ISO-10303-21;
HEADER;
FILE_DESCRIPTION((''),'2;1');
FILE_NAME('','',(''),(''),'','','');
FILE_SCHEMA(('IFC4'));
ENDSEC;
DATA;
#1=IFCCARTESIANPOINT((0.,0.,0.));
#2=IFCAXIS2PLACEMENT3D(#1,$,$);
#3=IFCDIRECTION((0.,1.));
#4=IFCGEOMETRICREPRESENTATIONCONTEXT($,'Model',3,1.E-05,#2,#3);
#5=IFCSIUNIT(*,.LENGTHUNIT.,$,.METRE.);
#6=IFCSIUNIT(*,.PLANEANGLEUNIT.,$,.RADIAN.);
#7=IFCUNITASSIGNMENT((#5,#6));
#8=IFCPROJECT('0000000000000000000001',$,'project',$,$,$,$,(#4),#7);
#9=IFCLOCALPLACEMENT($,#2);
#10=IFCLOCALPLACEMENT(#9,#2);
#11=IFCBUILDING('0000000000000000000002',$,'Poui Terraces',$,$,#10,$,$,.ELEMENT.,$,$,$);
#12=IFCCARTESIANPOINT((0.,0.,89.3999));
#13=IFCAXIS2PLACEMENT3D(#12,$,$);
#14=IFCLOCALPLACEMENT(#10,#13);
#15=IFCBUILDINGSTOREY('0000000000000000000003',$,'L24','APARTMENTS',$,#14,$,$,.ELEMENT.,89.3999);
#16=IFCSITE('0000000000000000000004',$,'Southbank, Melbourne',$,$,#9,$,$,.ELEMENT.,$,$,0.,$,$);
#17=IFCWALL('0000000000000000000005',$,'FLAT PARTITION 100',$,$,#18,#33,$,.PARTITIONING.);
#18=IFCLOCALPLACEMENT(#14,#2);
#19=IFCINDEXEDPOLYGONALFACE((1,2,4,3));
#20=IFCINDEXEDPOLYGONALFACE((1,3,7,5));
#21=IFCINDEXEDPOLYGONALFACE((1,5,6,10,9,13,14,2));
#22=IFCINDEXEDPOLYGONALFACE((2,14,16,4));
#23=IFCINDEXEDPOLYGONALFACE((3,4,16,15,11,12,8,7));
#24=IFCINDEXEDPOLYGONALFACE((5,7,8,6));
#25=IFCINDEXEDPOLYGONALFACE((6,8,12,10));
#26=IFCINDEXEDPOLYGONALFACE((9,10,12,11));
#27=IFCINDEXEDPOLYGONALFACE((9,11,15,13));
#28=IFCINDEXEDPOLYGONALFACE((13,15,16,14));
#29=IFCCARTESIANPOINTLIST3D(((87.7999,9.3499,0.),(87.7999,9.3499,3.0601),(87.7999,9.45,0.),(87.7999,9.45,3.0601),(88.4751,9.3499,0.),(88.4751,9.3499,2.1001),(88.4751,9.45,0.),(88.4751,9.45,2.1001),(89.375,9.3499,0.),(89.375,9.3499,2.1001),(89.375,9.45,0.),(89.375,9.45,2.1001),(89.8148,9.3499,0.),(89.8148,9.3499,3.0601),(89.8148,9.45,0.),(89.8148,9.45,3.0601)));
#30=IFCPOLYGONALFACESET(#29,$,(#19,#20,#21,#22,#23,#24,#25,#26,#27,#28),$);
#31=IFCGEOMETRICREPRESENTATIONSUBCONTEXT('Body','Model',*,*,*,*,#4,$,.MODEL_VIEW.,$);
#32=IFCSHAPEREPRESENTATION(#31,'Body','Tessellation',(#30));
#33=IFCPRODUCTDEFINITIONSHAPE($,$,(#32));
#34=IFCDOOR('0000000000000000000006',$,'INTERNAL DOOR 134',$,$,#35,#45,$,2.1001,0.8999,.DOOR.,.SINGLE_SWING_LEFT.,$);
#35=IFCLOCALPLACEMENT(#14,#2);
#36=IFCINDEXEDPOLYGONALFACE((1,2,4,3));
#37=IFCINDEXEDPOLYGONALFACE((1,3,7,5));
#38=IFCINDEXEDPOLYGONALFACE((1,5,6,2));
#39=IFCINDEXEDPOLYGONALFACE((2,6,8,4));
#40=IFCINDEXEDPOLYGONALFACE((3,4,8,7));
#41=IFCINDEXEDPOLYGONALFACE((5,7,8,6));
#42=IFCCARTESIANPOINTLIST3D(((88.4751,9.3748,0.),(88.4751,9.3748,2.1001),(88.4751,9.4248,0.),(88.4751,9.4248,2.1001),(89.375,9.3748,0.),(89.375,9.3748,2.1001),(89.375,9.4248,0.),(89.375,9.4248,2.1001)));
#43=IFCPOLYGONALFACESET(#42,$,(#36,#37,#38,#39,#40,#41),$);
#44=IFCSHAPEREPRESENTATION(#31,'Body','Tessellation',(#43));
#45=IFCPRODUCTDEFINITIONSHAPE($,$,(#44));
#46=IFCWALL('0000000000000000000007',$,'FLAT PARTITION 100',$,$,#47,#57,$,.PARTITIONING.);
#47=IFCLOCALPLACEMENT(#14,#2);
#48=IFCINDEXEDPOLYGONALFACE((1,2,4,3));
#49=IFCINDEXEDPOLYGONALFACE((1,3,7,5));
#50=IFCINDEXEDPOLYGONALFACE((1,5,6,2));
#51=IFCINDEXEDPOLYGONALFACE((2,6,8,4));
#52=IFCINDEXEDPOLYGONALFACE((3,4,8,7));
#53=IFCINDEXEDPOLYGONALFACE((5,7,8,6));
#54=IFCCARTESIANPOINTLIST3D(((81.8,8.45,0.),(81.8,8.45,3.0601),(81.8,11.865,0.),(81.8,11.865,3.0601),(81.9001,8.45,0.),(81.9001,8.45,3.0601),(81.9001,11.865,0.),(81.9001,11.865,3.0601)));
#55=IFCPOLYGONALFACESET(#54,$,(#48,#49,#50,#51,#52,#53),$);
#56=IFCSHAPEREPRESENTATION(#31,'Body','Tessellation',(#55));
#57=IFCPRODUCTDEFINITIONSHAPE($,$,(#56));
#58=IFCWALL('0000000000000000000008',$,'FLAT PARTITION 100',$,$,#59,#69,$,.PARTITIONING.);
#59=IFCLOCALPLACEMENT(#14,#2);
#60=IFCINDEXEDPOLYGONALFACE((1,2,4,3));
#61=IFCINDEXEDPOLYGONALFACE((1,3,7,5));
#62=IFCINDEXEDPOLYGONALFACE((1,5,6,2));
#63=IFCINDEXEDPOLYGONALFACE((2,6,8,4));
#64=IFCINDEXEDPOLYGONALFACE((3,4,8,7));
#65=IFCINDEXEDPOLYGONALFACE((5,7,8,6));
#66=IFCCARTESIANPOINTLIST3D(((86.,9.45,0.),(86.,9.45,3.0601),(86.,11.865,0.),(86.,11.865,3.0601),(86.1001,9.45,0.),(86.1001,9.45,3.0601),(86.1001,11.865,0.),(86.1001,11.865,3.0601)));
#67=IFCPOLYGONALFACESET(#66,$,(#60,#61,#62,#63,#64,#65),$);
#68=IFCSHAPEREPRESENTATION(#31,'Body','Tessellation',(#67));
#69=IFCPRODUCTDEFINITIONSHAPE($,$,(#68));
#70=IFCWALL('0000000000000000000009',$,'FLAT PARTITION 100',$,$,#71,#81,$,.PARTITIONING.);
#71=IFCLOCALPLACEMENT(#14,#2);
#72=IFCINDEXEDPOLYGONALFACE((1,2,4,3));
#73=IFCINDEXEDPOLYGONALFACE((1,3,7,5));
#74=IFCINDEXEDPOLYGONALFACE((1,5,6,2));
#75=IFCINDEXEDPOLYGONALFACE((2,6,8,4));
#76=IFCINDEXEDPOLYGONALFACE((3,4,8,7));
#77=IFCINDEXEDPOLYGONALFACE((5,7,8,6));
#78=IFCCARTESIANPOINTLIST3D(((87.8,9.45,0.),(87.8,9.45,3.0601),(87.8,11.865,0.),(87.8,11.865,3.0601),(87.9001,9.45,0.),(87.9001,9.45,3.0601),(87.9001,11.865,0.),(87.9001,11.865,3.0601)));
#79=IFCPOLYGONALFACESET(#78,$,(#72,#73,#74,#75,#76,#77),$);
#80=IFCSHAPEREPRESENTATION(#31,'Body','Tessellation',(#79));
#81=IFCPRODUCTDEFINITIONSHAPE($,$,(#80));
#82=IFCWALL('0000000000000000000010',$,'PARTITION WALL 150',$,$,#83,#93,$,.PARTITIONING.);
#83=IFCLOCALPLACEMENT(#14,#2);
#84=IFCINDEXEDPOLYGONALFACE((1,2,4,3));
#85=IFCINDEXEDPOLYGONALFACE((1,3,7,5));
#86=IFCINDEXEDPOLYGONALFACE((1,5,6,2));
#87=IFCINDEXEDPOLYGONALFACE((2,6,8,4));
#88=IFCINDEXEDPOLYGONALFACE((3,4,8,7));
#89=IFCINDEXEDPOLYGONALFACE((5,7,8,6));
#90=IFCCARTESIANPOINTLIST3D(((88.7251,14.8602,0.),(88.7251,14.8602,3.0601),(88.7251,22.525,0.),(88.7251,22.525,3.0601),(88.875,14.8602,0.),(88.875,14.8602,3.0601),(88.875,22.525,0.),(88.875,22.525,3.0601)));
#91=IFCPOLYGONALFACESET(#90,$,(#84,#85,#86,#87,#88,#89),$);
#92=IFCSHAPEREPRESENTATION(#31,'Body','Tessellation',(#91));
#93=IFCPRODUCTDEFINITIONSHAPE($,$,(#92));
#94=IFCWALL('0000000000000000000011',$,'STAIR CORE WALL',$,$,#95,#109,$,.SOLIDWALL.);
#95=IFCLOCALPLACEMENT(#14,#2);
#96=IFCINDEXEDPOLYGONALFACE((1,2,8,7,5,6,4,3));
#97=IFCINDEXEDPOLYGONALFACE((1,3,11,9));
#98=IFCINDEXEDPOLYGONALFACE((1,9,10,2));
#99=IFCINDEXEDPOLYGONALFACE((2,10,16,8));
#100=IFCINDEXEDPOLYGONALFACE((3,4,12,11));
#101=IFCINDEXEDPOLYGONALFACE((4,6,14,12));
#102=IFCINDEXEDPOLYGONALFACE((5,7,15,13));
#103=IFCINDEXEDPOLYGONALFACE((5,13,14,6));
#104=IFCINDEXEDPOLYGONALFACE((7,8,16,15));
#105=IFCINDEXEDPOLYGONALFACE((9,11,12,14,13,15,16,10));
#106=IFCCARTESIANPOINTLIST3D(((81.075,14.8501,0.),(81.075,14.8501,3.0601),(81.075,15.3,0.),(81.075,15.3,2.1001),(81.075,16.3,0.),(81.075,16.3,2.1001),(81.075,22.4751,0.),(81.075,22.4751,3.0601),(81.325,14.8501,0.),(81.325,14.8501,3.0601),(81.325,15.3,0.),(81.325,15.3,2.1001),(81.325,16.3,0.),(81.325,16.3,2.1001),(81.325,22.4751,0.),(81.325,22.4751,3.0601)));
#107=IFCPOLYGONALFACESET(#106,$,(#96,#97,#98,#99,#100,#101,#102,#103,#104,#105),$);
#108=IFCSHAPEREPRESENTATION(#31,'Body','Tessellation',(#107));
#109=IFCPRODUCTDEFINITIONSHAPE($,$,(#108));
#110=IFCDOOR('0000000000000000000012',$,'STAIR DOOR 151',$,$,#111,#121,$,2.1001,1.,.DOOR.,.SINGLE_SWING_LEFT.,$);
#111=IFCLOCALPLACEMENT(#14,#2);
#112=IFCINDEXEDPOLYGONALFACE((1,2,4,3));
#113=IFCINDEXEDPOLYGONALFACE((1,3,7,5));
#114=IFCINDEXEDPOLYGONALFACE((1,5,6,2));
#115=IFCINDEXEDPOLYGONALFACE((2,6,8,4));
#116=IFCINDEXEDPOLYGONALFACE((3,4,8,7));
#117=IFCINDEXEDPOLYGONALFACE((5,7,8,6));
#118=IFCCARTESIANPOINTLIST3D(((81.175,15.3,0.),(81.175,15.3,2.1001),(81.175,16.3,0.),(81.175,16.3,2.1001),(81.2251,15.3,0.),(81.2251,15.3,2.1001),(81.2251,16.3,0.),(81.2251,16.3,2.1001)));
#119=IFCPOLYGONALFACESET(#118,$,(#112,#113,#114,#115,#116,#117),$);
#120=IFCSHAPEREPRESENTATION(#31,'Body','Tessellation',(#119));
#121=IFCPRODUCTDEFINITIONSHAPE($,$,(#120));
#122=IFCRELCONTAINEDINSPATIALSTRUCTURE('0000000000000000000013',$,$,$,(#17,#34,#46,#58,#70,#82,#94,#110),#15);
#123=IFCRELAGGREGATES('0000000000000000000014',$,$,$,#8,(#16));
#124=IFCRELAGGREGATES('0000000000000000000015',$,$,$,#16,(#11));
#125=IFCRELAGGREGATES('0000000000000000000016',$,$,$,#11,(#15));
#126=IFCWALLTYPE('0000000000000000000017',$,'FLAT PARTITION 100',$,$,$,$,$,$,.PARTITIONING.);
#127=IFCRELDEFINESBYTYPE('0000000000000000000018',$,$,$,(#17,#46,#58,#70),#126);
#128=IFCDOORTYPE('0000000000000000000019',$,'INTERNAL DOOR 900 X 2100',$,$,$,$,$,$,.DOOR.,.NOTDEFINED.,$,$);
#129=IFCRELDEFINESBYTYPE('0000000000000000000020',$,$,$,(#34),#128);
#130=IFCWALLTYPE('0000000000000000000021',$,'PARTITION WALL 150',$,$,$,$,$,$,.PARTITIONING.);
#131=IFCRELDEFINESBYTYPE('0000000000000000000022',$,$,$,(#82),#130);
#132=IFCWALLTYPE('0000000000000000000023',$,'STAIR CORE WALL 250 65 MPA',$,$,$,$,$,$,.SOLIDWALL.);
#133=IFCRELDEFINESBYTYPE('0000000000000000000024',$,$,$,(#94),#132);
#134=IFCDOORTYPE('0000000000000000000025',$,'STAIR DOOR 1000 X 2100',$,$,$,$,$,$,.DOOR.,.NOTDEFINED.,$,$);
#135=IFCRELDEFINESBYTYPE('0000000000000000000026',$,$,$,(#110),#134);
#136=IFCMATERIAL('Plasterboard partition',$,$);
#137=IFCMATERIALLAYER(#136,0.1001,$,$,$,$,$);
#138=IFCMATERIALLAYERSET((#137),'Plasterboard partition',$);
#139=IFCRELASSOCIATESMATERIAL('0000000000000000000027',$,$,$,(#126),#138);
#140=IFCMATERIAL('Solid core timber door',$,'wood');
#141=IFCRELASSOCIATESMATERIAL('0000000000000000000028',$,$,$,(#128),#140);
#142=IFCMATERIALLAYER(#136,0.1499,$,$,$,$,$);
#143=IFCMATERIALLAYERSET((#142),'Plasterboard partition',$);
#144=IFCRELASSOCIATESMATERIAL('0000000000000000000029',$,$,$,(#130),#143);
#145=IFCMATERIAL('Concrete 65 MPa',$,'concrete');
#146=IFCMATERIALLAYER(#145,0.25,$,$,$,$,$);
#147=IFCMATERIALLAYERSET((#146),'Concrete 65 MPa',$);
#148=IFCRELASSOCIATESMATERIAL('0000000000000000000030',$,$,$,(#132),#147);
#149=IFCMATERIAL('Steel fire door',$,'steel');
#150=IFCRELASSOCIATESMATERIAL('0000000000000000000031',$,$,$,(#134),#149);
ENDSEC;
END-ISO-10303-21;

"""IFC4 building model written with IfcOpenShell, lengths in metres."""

from ifc_helpers import new_model, si_unit, direction, frame, frame_2d, origin, place, context, subcontext, project, spatial, rectangle, extrude, material, layer, layer_set, type_object, element, fill, save


model = new_model("IFC4")

# Units and contexts
model_context = context("Model", 3, precision=1e-05, world=origin(), true_north=direction((0.0, 1.0)))
body_context = subcontext(model_context, "Body", "Model", "MODEL_VIEW")
ifc_project = project(units=[si_unit("LENGTHUNIT", "METRE"), si_unit("PLANEANGLEUNIT", "RADIAN")], contexts=[model_context])

# Site, building, storey
site_placement = place(None, origin())
site = spatial("IfcSite", under=ifc_project, at=site_placement, Name="Southbank, Melbourne", CompositionType="ELEMENT", RefElevation=0.0)
building_placement = place(site_placement, origin())
building = spatial("IfcBuilding", under=site, at=building_placement, Name="Poui Terraces", CompositionType="ELEMENT")
storey_placement = place(building_placement, frame((0.0, 0.0, 89.3999)))
storey = spatial("IfcBuildingStorey", under=building, at=storey_placement, Name="L24", Description="APARTMENTS", CompositionType="ELEMENT", Elevation=89.3999)

# Shared definitions
ifc_material_1 = material(Name="Concrete 65 MPa", Category="concrete")

# Wall, opening, door
ifc_material_2 = material(Name="Steel fire door", Category="steel")
ifc_material_3 = material(Name="Solid core timber door", Category="wood")
ifc_material_4 = material(Name="Plasterboard partition")
ifc_layer_1 = layer(ifc_material_4, 0.1001)
ifc_layer_set_1 = layer_set([ifc_layer_1], Name="Plasterboard partition")
wall_type_1 = type_object("IfcWallType", Name="FLAT PARTITION 100", PredefinedType="PARTITIONING", material=ifc_layer_set_1)
wall_1_placement = place(storey_placement, frame((87.8, 9.3999, 0.0), z_axis=(0.0, 0.0, 1.0), x_axis=(1.0, 0.0, 0.0)))
wall_1 = element("IfcWall", 1, at=wall_1_placement, inside=storey, type_object=wall_type_1, Name="FLAT PARTITION 100", PredefinedType="PARTITIONING", context=body_context, shape_type="SweptSolid", body=[
    extrude(rectangle(XDim=2.0149, YDim=0.1001, at=frame_2d((1.0073, 0.0))), origin(), (0.0, 0.0, 1.0), 3.0601),
])
opening_1_placement = place(wall_1_placement, frame((0.675, 0.0, 0.0)))
opening_1 = element("IfcOpeningElement", 2, at=opening_1_placement, cuts=wall_1, PredefinedType="OPENING", context=body_context, shape_type="SweptSolid", body=[
    extrude(rectangle(XDim=0.8999, YDim=2.1001, at=frame_2d((0.45, 1.05))), frame((0.0, 0.0601, 0.0), z_axis=(0.0, -1.0, 0.0), x_axis=(1.0, 0.0, 0.0)), (0.0, 0.0, 1.0), 0.1201),
])
door_type_1 = type_object("IfcDoorType", Name="INTERNAL DOOR 900 X 2100", OperationType="NOTDEFINED", PredefinedType="DOOR", material=ifc_material_3)
door_1_placement = place(opening_1_placement, origin())
door_1 = element("IfcDoor", 3, at=door_1_placement, inside=storey, type_object=door_type_1, Name="INTERNAL DOOR 134", OperationType="SINGLE_SWING_LEFT", OverallHeight=2.1001, OverallWidth=0.8999, PredefinedType="DOOR", context=body_context, shape_type="SweptSolid", body=[
    extrude(rectangle(XDim=0.8999, YDim=2.1001, at=frame_2d((0.45, 1.05))), frame((0.0, 0.0249, 0.0), z_axis=(0.0, -1.0, 0.0), x_axis=(1.0, 0.0, 0.0)), (0.0, 0.0, 1.0), 0.05),
])
fill(opening_1, door_1)

# Walls
wall_2_placement = place(storey_placement, frame((81.8501, 8.45, 0.0), z_axis=(0.0, 0.0, 1.0), x_axis=(0.0, 1.0, 0.0)))
element("IfcWall", 4, at=wall_2_placement, inside=storey, type_object=wall_type_1, Name="FLAT PARTITION 100", PredefinedType="PARTITIONING", context=body_context, shape_type="SweptSolid", body=[
    extrude(rectangle(XDim=3.415, YDim=0.1001, at=frame_2d((1.7075, 0.0))), origin(), (0.0, 0.0, 1.0), 3.0601),
])
for number, where, z_axis, x_axis, name in (
    (5, (86.05, 9.45, 0.0), (0.0, 0.0, 1.0), (0.0, 1.0, 0.0), "FLAT PARTITION 100"),
    (6, (87.8501, 9.45, 0.0), (0.0, 0.0, 1.0), (0.0, 1.0, 0.0), "FLAT PARTITION 100"),
):
    element("IfcWall", number, at=place(storey_placement, frame(where, z_axis=z_axis, x_axis=x_axis)), inside=storey, type_object=wall_type_1, Name=name, PredefinedType="PARTITIONING", context=body_context, shape_type="SweptSolid", body=[
        extrude(rectangle(XDim=2.415, YDim=0.1001, at=frame_2d((1.2075, 0.0))), origin(), (0.0, 0.0, 1.0), 3.0601),
    ])
ifc_layer_2 = layer(ifc_material_4, 0.1499)
ifc_layer_set_2 = layer_set([ifc_layer_2], Name="Plasterboard partition")
wall_type_2 = type_object("IfcWallType", Name="PARTITION WALL 150", PredefinedType="PARTITIONING", material=ifc_layer_set_2)
wall_3_placement = place(storey_placement, frame((88.8, 14.8601, 0.0), z_axis=(0.0, 0.0, 1.0), x_axis=(0.0, 1.0, 0.0)))
element("IfcWall", 7, at=wall_3_placement, inside=storey, type_object=wall_type_2, Name="PARTITION WALL 150", PredefinedType="PARTITIONING", context=body_context, shape_type="SweptSolid", body=[
    extrude(rectangle(XDim=7.6648, YDim=0.1499, at=frame_2d((3.8325, 0.0))), origin(), (0.0, 0.0, 1.0), 3.0601),
])

# Wall, opening, door
ifc_layer_3 = layer(ifc_material_1, 0.25)
ifc_layer_set_3 = layer_set([ifc_layer_3], Name="Concrete 65 MPa")
wall_type_3 = type_object("IfcWallType", Name="STAIR CORE WALL 250 65 MPA", PredefinedType="SOLIDWALL", material=ifc_layer_set_3)
wall_4_placement = place(storey_placement, frame((81.2, 14.8501, 0.0), z_axis=(0.0, 0.0, 1.0), x_axis=(0.0, 1.0, 0.0)))
wall_4 = element("IfcWall", 8, at=wall_4_placement, inside=storey, type_object=wall_type_3, Name="STAIR CORE WALL", PredefinedType="SOLIDWALL", context=body_context, shape_type="SweptSolid", body=[
    extrude(rectangle(XDim=7.625, YDim=0.25, at=frame_2d((3.8125, 0.0))), origin(), (0.0, 0.0, 1.0), 3.0601),
])
opening_2_placement = place(wall_4_placement, frame((0.45, 0.0, 0.0)))
opening_2 = element("IfcOpeningElement", 9, at=opening_2_placement, cuts=wall_4, PredefinedType="OPENING", context=body_context, shape_type="SweptSolid", body=[
    extrude(rectangle(XDim=1.0, YDim=2.1001, at=frame_2d((0.5, 1.05))), frame((0.0, 0.135, 0.0), z_axis=(0.0, -1.0, 0.0), x_axis=(1.0, 0.0, 0.0)), (0.0, 0.0, 1.0), 0.27),
])
door_type_2 = type_object("IfcDoorType", Name="STAIR DOOR 1000 X 2100", OperationType="NOTDEFINED", PredefinedType="DOOR", material=ifc_material_2)
door_2_placement = place(opening_2_placement, origin())
door_2 = element("IfcDoor", 10, at=door_2_placement, inside=storey, type_object=door_type_2, Name="STAIR DOOR 151", OperationType="SINGLE_SWING_LEFT", OverallHeight=2.1001, OverallWidth=1.0, PredefinedType="DOOR", context=body_context, shape_type="SweptSolid", body=[
    extrude(rectangle(XDim=1.0, YDim=2.1001, at=frame_2d((0.5, 1.05))), frame((0.0, 0.0249, 0.0), z_axis=(0.0, -1.0, 0.0), x_axis=(1.0, 0.0, 0.0)), (0.0, 0.0, 1.0), 0.05),
])
fill(opening_2, door_2)

save(model, "model.ifc")
